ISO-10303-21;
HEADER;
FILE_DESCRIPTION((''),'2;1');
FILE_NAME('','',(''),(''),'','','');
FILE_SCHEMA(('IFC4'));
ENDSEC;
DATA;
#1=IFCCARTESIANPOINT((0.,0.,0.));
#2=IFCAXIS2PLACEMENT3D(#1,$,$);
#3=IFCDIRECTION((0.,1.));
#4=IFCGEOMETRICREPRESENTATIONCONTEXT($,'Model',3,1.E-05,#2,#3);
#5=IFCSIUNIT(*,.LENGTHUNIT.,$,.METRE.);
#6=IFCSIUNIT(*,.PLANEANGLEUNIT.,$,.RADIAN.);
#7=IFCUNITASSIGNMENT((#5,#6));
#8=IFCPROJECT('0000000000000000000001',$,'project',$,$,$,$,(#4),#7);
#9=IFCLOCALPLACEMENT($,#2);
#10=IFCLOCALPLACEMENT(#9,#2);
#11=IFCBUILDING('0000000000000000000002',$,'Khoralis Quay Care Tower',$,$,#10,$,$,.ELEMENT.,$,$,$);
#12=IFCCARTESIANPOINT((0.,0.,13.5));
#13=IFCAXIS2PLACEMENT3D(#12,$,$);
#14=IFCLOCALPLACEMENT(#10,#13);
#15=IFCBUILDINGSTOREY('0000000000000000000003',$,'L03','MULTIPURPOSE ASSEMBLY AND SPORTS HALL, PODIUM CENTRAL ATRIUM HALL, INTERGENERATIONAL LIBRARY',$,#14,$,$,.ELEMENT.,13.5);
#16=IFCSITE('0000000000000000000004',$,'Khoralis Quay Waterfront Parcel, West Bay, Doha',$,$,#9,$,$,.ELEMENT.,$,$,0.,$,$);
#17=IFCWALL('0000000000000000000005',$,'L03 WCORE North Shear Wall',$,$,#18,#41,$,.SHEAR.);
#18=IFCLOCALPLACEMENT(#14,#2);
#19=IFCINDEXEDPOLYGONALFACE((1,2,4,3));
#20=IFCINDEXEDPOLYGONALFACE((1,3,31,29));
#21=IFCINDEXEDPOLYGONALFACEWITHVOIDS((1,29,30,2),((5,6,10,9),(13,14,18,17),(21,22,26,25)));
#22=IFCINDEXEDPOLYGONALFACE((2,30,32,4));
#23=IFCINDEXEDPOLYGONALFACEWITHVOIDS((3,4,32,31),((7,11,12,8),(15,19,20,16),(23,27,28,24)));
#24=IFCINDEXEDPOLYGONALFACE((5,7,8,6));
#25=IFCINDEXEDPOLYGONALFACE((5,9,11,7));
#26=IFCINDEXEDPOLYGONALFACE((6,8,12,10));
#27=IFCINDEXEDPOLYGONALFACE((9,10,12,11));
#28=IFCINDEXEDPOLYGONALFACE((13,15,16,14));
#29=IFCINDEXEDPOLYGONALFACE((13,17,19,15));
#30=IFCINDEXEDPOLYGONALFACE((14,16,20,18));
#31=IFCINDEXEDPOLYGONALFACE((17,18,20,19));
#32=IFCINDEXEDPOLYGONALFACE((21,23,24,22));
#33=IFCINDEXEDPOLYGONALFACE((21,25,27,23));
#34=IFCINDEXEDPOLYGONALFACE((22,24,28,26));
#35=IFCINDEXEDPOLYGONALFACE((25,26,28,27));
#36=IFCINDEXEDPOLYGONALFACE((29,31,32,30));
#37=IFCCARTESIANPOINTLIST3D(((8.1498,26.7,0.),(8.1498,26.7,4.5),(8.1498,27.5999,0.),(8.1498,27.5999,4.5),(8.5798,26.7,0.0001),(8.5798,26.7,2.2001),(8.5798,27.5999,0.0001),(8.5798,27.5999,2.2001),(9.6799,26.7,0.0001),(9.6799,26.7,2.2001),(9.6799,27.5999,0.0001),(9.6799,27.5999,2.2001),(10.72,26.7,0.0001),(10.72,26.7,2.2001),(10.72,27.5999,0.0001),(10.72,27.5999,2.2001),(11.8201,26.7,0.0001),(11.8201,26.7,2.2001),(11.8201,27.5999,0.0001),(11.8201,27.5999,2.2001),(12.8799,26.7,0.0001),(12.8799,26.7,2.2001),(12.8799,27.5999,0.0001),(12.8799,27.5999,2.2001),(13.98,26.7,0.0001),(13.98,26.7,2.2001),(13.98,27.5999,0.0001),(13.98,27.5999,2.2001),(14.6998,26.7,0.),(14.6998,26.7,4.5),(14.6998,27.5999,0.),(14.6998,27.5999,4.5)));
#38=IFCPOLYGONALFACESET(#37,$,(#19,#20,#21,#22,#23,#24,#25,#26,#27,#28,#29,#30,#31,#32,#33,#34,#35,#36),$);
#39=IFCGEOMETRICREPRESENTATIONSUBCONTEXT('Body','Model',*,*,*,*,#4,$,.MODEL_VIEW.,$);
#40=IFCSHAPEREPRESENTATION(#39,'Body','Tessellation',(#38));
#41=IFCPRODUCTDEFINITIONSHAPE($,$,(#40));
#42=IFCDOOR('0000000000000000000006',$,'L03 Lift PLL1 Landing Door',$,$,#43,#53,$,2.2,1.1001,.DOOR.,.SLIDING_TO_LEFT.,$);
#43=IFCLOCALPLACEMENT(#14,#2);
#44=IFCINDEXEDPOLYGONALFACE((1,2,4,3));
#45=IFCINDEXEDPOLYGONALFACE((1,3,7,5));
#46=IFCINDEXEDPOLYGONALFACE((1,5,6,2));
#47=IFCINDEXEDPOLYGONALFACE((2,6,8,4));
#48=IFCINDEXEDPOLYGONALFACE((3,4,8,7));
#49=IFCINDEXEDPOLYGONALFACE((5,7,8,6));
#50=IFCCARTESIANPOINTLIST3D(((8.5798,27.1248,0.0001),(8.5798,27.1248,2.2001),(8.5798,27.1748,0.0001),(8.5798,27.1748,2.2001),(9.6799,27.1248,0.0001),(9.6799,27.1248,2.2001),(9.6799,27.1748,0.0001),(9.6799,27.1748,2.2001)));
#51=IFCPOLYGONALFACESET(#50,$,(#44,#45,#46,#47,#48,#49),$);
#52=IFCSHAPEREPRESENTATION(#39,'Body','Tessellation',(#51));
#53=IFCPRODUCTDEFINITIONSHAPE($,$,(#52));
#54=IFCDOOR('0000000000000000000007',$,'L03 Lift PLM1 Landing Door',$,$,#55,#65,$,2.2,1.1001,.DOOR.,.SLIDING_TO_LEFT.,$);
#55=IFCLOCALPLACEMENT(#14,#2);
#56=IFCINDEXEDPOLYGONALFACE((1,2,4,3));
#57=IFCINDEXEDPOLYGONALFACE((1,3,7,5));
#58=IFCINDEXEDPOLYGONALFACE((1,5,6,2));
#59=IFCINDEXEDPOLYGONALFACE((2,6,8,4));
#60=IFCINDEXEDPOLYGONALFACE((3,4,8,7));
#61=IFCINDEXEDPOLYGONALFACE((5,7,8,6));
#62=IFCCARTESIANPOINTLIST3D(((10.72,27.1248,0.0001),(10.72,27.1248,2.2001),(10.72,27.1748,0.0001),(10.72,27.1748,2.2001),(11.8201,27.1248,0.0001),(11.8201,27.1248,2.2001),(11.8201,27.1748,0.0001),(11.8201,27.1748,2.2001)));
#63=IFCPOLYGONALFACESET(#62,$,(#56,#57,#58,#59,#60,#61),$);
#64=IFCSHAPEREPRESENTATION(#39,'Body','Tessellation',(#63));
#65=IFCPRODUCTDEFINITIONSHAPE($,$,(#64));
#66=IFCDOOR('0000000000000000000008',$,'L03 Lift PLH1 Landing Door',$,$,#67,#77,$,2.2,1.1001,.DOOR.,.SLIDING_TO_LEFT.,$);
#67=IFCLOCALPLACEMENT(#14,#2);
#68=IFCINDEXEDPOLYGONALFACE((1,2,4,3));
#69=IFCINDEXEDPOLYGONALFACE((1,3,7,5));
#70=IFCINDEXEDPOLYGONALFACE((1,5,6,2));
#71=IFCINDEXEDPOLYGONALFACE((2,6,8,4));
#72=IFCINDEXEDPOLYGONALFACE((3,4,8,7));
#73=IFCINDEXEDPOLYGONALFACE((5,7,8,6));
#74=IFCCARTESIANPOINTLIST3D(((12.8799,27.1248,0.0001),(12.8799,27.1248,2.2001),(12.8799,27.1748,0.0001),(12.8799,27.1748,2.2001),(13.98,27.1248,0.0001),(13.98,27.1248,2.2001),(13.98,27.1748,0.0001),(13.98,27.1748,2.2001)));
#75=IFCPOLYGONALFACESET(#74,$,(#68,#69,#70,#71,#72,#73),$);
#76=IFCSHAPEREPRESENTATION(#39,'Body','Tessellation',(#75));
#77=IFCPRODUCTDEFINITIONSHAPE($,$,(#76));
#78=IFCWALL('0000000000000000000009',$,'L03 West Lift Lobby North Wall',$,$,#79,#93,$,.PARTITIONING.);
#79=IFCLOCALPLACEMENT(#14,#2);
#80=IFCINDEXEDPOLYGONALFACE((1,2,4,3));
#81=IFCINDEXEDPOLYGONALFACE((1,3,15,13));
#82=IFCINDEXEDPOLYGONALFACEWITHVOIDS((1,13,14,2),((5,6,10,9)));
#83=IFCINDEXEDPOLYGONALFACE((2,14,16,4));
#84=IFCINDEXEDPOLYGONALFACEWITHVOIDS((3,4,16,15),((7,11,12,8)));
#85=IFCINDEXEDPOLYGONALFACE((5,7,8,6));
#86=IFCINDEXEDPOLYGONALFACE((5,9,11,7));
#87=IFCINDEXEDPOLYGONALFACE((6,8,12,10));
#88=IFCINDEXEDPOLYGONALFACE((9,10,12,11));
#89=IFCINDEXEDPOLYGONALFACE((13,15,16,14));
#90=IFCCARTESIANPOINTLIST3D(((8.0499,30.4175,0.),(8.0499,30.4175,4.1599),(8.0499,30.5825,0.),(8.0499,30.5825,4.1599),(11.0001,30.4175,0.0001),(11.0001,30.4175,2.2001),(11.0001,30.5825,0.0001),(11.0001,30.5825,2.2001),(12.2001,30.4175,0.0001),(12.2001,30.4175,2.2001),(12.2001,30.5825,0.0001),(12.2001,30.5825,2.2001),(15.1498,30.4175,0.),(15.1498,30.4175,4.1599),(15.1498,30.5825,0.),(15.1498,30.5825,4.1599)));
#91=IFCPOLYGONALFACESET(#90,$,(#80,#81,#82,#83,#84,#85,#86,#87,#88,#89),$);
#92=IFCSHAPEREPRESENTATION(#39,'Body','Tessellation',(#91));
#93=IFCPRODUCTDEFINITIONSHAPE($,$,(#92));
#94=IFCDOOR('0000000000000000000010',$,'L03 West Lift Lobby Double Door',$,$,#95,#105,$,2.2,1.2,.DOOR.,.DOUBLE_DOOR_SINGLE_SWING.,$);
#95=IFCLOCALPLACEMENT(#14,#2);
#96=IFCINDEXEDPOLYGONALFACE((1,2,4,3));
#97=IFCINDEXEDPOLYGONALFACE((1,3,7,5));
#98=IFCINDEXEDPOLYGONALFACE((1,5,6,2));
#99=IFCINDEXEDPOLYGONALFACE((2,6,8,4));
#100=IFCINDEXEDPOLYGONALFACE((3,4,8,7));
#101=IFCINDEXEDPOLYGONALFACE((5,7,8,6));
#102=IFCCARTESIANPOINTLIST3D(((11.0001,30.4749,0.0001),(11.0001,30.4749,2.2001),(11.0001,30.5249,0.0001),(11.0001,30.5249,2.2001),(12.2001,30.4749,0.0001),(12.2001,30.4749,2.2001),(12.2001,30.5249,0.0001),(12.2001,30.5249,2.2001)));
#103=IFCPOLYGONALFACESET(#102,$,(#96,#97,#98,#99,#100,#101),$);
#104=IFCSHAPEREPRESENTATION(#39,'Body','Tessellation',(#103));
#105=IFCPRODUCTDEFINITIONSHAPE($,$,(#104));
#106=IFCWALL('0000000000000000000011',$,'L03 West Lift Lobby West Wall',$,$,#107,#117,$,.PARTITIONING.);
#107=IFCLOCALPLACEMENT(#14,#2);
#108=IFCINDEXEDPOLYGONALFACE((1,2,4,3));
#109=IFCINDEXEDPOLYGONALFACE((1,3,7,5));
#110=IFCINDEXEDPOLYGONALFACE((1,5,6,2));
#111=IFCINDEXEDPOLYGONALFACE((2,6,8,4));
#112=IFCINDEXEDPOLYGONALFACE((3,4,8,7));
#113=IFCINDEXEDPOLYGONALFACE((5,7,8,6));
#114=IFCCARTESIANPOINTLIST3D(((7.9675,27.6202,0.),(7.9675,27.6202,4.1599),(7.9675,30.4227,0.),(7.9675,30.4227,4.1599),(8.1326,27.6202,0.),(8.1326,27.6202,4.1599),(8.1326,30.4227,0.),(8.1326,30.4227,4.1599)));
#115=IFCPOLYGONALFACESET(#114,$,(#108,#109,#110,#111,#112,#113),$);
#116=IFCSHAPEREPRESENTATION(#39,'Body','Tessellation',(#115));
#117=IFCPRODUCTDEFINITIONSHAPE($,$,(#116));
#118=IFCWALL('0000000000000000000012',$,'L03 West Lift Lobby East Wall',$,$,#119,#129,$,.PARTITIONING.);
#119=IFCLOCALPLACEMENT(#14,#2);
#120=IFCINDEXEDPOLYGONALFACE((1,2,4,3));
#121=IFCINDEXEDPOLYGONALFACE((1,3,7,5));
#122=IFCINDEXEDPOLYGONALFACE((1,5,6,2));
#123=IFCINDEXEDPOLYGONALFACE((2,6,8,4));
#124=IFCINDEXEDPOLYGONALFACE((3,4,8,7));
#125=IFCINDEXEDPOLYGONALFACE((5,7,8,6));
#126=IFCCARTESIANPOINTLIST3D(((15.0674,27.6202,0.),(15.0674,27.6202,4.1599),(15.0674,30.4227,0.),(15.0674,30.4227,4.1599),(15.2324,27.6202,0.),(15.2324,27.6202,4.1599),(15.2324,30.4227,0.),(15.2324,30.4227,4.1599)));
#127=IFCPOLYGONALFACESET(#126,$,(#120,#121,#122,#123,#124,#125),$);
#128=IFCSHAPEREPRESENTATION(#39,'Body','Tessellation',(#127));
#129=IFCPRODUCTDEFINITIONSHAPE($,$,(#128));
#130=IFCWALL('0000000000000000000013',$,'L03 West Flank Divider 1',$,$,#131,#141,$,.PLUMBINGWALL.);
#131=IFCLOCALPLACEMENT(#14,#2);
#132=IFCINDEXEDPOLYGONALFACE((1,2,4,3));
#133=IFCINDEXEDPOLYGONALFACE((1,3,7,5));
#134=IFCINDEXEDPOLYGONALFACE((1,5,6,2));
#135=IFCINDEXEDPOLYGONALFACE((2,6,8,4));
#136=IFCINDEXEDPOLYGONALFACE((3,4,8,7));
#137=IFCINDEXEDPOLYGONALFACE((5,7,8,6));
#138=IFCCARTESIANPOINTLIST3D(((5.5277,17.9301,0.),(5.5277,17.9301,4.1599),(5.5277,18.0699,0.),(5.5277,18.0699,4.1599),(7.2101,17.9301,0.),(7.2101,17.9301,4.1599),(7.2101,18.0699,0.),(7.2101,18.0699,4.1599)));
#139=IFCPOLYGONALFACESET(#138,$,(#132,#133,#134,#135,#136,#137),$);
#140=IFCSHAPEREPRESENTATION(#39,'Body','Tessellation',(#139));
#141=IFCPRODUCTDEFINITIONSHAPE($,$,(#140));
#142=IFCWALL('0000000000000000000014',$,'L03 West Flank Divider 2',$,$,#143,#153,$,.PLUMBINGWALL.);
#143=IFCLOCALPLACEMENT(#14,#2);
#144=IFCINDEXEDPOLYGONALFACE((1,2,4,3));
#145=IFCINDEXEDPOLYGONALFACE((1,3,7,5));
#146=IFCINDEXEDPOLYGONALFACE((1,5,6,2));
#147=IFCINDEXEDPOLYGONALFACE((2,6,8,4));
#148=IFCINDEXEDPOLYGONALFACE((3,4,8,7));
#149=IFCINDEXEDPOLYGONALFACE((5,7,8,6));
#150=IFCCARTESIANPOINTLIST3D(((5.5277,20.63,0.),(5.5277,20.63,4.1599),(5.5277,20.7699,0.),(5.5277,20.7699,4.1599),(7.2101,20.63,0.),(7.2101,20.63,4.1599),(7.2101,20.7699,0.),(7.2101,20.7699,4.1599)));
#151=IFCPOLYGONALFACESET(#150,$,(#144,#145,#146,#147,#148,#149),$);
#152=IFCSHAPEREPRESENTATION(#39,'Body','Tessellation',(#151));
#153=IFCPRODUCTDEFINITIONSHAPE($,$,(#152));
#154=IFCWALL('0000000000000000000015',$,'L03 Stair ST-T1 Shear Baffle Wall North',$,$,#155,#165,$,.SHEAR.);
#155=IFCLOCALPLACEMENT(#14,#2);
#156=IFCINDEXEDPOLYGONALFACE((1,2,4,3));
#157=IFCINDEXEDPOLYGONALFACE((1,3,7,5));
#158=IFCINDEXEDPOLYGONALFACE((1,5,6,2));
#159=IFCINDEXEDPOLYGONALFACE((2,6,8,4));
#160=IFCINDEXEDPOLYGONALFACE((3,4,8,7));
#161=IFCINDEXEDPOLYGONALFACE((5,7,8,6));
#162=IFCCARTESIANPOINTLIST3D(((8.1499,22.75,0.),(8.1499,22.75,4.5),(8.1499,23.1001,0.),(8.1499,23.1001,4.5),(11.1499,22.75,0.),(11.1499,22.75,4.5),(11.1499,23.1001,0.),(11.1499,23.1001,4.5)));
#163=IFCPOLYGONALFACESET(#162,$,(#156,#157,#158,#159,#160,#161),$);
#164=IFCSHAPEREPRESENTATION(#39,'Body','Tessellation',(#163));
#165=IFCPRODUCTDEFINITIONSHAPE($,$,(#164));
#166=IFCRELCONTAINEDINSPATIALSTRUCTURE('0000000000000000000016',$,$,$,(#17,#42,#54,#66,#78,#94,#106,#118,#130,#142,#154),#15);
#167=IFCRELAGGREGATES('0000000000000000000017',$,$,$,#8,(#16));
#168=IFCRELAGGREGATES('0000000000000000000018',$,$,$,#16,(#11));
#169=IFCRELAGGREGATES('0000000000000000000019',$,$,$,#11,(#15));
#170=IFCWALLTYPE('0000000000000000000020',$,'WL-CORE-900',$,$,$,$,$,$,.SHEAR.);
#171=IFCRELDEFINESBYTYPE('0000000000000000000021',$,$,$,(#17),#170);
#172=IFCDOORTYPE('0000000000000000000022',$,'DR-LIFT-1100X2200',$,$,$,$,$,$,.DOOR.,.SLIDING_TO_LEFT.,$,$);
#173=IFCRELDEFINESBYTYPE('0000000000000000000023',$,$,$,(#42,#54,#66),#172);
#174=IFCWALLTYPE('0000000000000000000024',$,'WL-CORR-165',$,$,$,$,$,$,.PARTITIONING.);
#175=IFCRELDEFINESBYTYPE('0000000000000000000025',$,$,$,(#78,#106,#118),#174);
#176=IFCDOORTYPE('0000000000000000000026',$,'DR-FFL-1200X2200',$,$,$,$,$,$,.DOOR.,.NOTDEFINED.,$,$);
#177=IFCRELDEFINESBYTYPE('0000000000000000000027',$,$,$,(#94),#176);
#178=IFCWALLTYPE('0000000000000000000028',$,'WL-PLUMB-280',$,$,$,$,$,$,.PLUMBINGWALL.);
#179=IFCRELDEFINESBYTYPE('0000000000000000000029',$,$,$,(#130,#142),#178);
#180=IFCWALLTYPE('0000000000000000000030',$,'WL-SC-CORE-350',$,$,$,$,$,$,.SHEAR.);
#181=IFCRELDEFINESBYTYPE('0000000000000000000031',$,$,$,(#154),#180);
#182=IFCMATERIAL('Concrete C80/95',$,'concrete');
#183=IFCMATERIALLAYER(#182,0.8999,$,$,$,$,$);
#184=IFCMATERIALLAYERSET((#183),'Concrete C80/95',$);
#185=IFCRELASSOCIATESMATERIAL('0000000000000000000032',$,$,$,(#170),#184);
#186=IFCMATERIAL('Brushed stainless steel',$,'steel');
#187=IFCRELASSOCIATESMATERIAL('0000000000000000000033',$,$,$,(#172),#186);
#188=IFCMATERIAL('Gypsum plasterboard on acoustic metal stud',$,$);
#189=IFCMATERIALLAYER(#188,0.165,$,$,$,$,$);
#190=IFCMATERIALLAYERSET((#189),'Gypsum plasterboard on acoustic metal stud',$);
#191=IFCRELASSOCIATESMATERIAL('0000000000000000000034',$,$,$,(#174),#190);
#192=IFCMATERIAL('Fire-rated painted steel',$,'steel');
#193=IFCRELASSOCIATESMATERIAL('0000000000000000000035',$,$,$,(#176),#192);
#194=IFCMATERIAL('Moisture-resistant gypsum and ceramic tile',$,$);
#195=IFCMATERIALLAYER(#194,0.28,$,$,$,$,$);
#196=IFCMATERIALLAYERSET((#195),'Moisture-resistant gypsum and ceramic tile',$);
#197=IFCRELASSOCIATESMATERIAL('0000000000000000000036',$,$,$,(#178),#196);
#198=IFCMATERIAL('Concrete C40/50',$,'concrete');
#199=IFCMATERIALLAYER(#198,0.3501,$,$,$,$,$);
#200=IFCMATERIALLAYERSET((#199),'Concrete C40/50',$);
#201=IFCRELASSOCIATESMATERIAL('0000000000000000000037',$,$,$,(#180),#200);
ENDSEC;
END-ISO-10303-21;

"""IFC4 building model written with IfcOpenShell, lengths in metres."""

from ifc_helpers import new_model, si_unit, direction, frame, frame_2d, origin, place, context, subcontext, project, spatial, rectangle, extrude, source, transform, mapped, material, layer, layer_set, type_object, element, fill, save


model = new_model("IFC4")

# Units and contexts
model_context = context("Model", 3, precision=1e-05, world=origin(), true_north=direction((0.0, 1.0)))
body_context = subcontext(model_context, "Body", "Model", "MODEL_VIEW")
ifc_project = project(units=[si_unit("LENGTHUNIT", "METRE"), si_unit("PLANEANGLEUNIT", "RADIAN")], contexts=[model_context])

# Site, building, storey
site_placement = place(None, origin())
site = spatial("IfcSite", under=ifc_project, at=site_placement, Name="Khoralis Quay Waterfront Parcel, West Bay, Doha", CompositionType="ELEMENT", RefElevation=0.0)
building_placement = place(site_placement, origin())
building = spatial("IfcBuilding", under=site, at=building_placement, Name="Khoralis Quay Care Tower", CompositionType="ELEMENT")
storey_placement = place(building_placement, frame((0.0, 0.0, 13.5)))
storey = spatial("IfcBuildingStorey", under=building, at=storey_placement, Name="L03", Description="MULTIPURPOSE ASSEMBLY AND SPORTS HALL, PODIUM CENTRAL ATRIUM HALL, INTERGENERATIONAL LIBRARY", CompositionType="ELEMENT", Elevation=13.5)

# Shared definitions
ifc_material_1 = material(Name="Concrete C80/95", Category="concrete")

# Wall, openings, doors
ifc_layer_1 = layer(ifc_material_1, 0.8999)
ifc_layer_set_1 = layer_set([ifc_layer_1], Name="Concrete C80/95")
wall_type_1 = type_object("IfcWallType", Name="WL-CORE-900", PredefinedType="SHEAR", material=ifc_layer_set_1)
wall_1_placement = place(storey_placement, frame((8.1499, 27.1499, 0.0), z_axis=(0.0, 0.0, 1.0), x_axis=(1.0, 0.0, 0.0)))
wall_1 = element("IfcWall", 1, at=wall_1_placement, inside=storey, type_object=wall_type_1, Name="L03 WCORE North Shear Wall", PredefinedType="SHEAR", context=body_context, shape_type="SweptSolid", body=[
    extrude(rectangle(XDim=6.55, YDim=0.8999, at=frame_2d((3.2749, 0.0))), origin(), (0.0, 0.0, 1.0), 4.5),
])
opening_1_placement = place(wall_1_placement, frame((0.4299, 0.0, 0.0)))
opening_1 = element("IfcOpeningElement", 2, at=opening_1_placement, cuts=wall_1, PredefinedType="OPENING", context=body_context, shape_type="SweptSolid", body=[
    extrude(rectangle(XDim=1.1001, YDim=2.2, at=frame_2d((0.55, 1.1001))), frame((0.0, 0.46, 0.0), z_axis=(0.0, -1.0, 0.0), x_axis=(1.0, 0.0, 0.0)), (0.0, 0.0, 1.0), 0.9199),
])
opening_2_placement = place(wall_1_placement, frame((2.5701, 0.0, 0.0)))
opening_2 = element("IfcOpeningElement", 3, at=opening_2_placement, cuts=wall_1, PredefinedType="OPENING", context=body_context, shape_type="SweptSolid", body=[
    extrude(rectangle(XDim=1.1001, YDim=2.2, at=frame_2d((0.55, 1.1001))), frame((0.0, 0.46, 0.0), z_axis=(0.0, -1.0, 0.0), x_axis=(1.0, 0.0, 0.0)), (0.0, 0.0, 1.0), 0.9199),
])
opening_3_placement = place(wall_1_placement, frame((4.73, 0.0, 0.0)))
opening_3 = element("IfcOpeningElement", 4, at=opening_3_placement, cuts=wall_1, PredefinedType="OPENING", context=body_context, shape_type="SweptSolid", body=[
    extrude(rectangle(XDim=1.1001, YDim=2.2, at=frame_2d((0.55, 1.1001))), frame((0.0, 0.46, 0.0), z_axis=(0.0, -1.0, 0.0), x_axis=(1.0, 0.0, 0.0)), (0.0, 0.0, 1.0), 0.9199),
])
ifc_material_2 = material(Name="Brushed stainless steel", Category="steel")
door_type_1 = type_object("IfcDoorType", Name="DR-LIFT-1100X2200", OperationType="SLIDING_TO_LEFT", PredefinedType="DOOR", material=ifc_material_2)
shared_shape_1 = source(origin(), body_context, "Body", "SweptSolid", [
    extrude(rectangle(XDim=1.1001, YDim=2.2, at=frame_2d((0.55, 1.1001))), frame((0.0, 0.0249, 0.0), z_axis=(0.0, -1.0, 0.0), x_axis=(1.0, 0.0, 0.0)), (0.0, 0.0, 1.0), 0.05),
])
door_1_placement = place(opening_1_placement, origin())
door_1 = element("IfcDoor", 5, at=door_1_placement, inside=storey, type_object=door_type_1, Name="L03 Lift PLL1 Landing Door", OperationType="SLIDING_TO_LEFT", OverallHeight=2.2, OverallWidth=1.1001, PredefinedType="DOOR", context=body_context, shape_type="MappedRepresentation", body=[
    mapped(shared_shape_1, transform((0.0, 0.0, 0.0), scale=1.0)),
])
fill(opening_1, door_1)
door_2_placement = place(opening_2_placement, origin())
door_2 = element("IfcDoor", 6, at=door_2_placement, inside=storey, type_object=door_type_1, Name="L03 Lift PLM1 Landing Door", OperationType="SLIDING_TO_LEFT", OverallHeight=2.2, OverallWidth=1.1001, PredefinedType="DOOR", context=body_context, shape_type="MappedRepresentation", body=[
    mapped(shared_shape_1, transform((0.0, 0.0, 0.0), scale=1.0)),
])
fill(opening_2, door_2)
door_3_placement = place(opening_3_placement, origin())
door_3 = element("IfcDoor", 7, at=door_3_placement, inside=storey, type_object=door_type_1, Name="L03 Lift PLH1 Landing Door", OperationType="SLIDING_TO_LEFT", OverallHeight=2.2, OverallWidth=1.1001, PredefinedType="DOOR", context=body_context, shape_type="MappedRepresentation", body=[
    mapped(shared_shape_1, transform((0.0, 0.0, 0.0), scale=1.0)),
])
fill(opening_3, door_3)

# Wall, opening, door
ifc_material_3 = material(Name="Gypsum plasterboard on acoustic metal stud")
ifc_layer_2 = layer(ifc_material_3, 0.165)
ifc_layer_set_2 = layer_set([ifc_layer_2], Name="Gypsum plasterboard on acoustic metal stud")
wall_type_2 = type_object("IfcWallType", Name="WL-CORR-165", PredefinedType="PARTITIONING", material=ifc_layer_set_2)
wall_2_placement = place(storey_placement, frame((8.05, 30.5, 0.0), z_axis=(0.0, 0.0, 1.0), x_axis=(1.0, 0.0, 0.0)))
wall_2 = element("IfcWall", 8, at=wall_2_placement, inside=storey, type_object=wall_type_2, Name="L03 West Lift Lobby North Wall", PredefinedType="PARTITIONING", context=body_context, shape_type="SweptSolid", body=[
    extrude(rectangle(XDim=7.0999, YDim=0.165, at=frame_2d((3.5498, 0.0))), origin(), (0.0, 0.0, 1.0), 4.1599),
])
opening_4_placement = place(wall_2_placement, frame((2.95, 0.0, 0.0)))
opening_4 = element("IfcOpeningElement", 9, at=opening_4_placement, cuts=wall_2, PredefinedType="OPENING", context=body_context, shape_type="SweptSolid", body=[
    extrude(rectangle(XDim=1.2, YDim=2.2, at=frame_2d((0.6001, 1.1001))), frame((0.0, 0.0925, 0.0), z_axis=(0.0, -1.0, 0.0), x_axis=(1.0, 0.0, 0.0)), (0.0, 0.0, 1.0), 0.1851),
])
ifc_material_4 = material(Name="Fire-rated painted steel", Category="steel")
door_type_2 = type_object("IfcDoorType", Name="DR-FFL-1200X2200", OperationType="NOTDEFINED", PredefinedType="DOOR", material=ifc_material_4)
shared_shape_2 = source(origin(), body_context, "Body", "SweptSolid", [
    extrude(rectangle(XDim=1.2, YDim=2.2, at=frame_2d((0.6001, 1.1001))), frame((0.0, 0.0249, 0.0), z_axis=(0.0, -1.0, 0.0), x_axis=(1.0, 0.0, 0.0)), (0.0, 0.0, 1.0), 0.05),
])
door_4_placement = place(opening_4_placement, origin())
door_4 = element("IfcDoor", 10, at=door_4_placement, inside=storey, type_object=door_type_2, Name="L03 West Lift Lobby Double Door", OperationType="DOUBLE_DOOR_SINGLE_SWING", OverallHeight=2.2, OverallWidth=1.2, PredefinedType="DOOR", context=body_context, shape_type="MappedRepresentation", body=[
    mapped(shared_shape_2, transform((0.0, 0.0, 0.0), scale=1.0)),
])
fill(opening_4, door_4)

# Walls
for number, where, z_axis, x_axis, name in (
    (11, (8.05, 27.6201, 0.0), (0.0, 0.0, 1.0), (0.0, 1.0, 0.0), "L03 West Lift Lobby West Wall"),
    (12, (15.1499, 27.6201, 0.0), (0.0, 0.0, 1.0), (0.0, 1.0, 0.0), "L03 West Lift Lobby East Wall"),
):
    element("IfcWall", number, at=place(storey_placement, frame(where, z_axis=z_axis, x_axis=x_axis)), inside=storey, type_object=wall_type_2, Name=name, PredefinedType="PARTITIONING", context=body_context, shape_type="SweptSolid", body=[
        extrude(rectangle(XDim=2.8025, YDim=0.165, at=frame_2d((1.4014, 0.0))), origin(), (0.0, 0.0, 1.0), 4.1599),
    ])
ifc_material_5 = material(Name="Moisture-resistant gypsum and ceramic tile")
ifc_layer_3 = layer(ifc_material_5, 0.28)
ifc_layer_set_3 = layer_set([ifc_layer_3], Name="Moisture-resistant gypsum and ceramic tile")
wall_type_3 = type_object("IfcWallType", Name="WL-PLUMB-280", PredefinedType="PLUMBINGWALL", material=ifc_layer_set_3)
for number, where, z_axis, x_axis, name in (
    (13, (5.5276, 18.0, 0.0), (0.0, 0.0, 1.0), (1.0, 0.0, 0.0), "L03 West Flank Divider 1"),
    (14, (5.5276, 20.7, 0.0), (0.0, 0.0, 1.0), (1.0, 0.0, 0.0), "L03 West Flank Divider 2"),
):
    element("IfcWall", number, at=place(storey_placement, frame(where, z_axis=z_axis, x_axis=x_axis)), inside=storey, type_object=wall_type_3, Name=name, PredefinedType="PLUMBINGWALL", context=body_context, shape_type="SweptSolid", body=[
        extrude(rectangle(XDim=1.6824, YDim=0.1399, at=frame_2d((0.8413, 0.0))), origin(), (0.0, 0.0, 1.0), 4.1599),
    ])
ifc_material_6 = material(Name="Concrete C40/50", Category="concrete")
ifc_layer_4 = layer(ifc_material_6, 0.3501)
ifc_layer_set_4 = layer_set([ifc_layer_4], Name="Concrete C40/50")
wall_type_4 = type_object("IfcWallType", Name="WL-SC-CORE-350", PredefinedType="SHEAR", material=ifc_layer_set_4)
wall_3_placement = place(storey_placement, frame((8.1499, 22.925, 0.0), z_axis=(0.0, 0.0, 1.0), x_axis=(1.0, 0.0, 0.0)))
element("IfcWall", 15, at=wall_3_placement, inside=storey, type_object=wall_type_4, Name="L03 Stair ST-T1 Shear Baffle Wall North", PredefinedType="SHEAR", context=body_context, shape_type="SweptSolid", body=[
    extrude(rectangle(XDim=3.0, YDim=0.3501, at=frame_2d((1.5, 0.0))), origin(), (0.0, 0.0, 1.0), 4.5),
])

save(model, "model.ifc")
